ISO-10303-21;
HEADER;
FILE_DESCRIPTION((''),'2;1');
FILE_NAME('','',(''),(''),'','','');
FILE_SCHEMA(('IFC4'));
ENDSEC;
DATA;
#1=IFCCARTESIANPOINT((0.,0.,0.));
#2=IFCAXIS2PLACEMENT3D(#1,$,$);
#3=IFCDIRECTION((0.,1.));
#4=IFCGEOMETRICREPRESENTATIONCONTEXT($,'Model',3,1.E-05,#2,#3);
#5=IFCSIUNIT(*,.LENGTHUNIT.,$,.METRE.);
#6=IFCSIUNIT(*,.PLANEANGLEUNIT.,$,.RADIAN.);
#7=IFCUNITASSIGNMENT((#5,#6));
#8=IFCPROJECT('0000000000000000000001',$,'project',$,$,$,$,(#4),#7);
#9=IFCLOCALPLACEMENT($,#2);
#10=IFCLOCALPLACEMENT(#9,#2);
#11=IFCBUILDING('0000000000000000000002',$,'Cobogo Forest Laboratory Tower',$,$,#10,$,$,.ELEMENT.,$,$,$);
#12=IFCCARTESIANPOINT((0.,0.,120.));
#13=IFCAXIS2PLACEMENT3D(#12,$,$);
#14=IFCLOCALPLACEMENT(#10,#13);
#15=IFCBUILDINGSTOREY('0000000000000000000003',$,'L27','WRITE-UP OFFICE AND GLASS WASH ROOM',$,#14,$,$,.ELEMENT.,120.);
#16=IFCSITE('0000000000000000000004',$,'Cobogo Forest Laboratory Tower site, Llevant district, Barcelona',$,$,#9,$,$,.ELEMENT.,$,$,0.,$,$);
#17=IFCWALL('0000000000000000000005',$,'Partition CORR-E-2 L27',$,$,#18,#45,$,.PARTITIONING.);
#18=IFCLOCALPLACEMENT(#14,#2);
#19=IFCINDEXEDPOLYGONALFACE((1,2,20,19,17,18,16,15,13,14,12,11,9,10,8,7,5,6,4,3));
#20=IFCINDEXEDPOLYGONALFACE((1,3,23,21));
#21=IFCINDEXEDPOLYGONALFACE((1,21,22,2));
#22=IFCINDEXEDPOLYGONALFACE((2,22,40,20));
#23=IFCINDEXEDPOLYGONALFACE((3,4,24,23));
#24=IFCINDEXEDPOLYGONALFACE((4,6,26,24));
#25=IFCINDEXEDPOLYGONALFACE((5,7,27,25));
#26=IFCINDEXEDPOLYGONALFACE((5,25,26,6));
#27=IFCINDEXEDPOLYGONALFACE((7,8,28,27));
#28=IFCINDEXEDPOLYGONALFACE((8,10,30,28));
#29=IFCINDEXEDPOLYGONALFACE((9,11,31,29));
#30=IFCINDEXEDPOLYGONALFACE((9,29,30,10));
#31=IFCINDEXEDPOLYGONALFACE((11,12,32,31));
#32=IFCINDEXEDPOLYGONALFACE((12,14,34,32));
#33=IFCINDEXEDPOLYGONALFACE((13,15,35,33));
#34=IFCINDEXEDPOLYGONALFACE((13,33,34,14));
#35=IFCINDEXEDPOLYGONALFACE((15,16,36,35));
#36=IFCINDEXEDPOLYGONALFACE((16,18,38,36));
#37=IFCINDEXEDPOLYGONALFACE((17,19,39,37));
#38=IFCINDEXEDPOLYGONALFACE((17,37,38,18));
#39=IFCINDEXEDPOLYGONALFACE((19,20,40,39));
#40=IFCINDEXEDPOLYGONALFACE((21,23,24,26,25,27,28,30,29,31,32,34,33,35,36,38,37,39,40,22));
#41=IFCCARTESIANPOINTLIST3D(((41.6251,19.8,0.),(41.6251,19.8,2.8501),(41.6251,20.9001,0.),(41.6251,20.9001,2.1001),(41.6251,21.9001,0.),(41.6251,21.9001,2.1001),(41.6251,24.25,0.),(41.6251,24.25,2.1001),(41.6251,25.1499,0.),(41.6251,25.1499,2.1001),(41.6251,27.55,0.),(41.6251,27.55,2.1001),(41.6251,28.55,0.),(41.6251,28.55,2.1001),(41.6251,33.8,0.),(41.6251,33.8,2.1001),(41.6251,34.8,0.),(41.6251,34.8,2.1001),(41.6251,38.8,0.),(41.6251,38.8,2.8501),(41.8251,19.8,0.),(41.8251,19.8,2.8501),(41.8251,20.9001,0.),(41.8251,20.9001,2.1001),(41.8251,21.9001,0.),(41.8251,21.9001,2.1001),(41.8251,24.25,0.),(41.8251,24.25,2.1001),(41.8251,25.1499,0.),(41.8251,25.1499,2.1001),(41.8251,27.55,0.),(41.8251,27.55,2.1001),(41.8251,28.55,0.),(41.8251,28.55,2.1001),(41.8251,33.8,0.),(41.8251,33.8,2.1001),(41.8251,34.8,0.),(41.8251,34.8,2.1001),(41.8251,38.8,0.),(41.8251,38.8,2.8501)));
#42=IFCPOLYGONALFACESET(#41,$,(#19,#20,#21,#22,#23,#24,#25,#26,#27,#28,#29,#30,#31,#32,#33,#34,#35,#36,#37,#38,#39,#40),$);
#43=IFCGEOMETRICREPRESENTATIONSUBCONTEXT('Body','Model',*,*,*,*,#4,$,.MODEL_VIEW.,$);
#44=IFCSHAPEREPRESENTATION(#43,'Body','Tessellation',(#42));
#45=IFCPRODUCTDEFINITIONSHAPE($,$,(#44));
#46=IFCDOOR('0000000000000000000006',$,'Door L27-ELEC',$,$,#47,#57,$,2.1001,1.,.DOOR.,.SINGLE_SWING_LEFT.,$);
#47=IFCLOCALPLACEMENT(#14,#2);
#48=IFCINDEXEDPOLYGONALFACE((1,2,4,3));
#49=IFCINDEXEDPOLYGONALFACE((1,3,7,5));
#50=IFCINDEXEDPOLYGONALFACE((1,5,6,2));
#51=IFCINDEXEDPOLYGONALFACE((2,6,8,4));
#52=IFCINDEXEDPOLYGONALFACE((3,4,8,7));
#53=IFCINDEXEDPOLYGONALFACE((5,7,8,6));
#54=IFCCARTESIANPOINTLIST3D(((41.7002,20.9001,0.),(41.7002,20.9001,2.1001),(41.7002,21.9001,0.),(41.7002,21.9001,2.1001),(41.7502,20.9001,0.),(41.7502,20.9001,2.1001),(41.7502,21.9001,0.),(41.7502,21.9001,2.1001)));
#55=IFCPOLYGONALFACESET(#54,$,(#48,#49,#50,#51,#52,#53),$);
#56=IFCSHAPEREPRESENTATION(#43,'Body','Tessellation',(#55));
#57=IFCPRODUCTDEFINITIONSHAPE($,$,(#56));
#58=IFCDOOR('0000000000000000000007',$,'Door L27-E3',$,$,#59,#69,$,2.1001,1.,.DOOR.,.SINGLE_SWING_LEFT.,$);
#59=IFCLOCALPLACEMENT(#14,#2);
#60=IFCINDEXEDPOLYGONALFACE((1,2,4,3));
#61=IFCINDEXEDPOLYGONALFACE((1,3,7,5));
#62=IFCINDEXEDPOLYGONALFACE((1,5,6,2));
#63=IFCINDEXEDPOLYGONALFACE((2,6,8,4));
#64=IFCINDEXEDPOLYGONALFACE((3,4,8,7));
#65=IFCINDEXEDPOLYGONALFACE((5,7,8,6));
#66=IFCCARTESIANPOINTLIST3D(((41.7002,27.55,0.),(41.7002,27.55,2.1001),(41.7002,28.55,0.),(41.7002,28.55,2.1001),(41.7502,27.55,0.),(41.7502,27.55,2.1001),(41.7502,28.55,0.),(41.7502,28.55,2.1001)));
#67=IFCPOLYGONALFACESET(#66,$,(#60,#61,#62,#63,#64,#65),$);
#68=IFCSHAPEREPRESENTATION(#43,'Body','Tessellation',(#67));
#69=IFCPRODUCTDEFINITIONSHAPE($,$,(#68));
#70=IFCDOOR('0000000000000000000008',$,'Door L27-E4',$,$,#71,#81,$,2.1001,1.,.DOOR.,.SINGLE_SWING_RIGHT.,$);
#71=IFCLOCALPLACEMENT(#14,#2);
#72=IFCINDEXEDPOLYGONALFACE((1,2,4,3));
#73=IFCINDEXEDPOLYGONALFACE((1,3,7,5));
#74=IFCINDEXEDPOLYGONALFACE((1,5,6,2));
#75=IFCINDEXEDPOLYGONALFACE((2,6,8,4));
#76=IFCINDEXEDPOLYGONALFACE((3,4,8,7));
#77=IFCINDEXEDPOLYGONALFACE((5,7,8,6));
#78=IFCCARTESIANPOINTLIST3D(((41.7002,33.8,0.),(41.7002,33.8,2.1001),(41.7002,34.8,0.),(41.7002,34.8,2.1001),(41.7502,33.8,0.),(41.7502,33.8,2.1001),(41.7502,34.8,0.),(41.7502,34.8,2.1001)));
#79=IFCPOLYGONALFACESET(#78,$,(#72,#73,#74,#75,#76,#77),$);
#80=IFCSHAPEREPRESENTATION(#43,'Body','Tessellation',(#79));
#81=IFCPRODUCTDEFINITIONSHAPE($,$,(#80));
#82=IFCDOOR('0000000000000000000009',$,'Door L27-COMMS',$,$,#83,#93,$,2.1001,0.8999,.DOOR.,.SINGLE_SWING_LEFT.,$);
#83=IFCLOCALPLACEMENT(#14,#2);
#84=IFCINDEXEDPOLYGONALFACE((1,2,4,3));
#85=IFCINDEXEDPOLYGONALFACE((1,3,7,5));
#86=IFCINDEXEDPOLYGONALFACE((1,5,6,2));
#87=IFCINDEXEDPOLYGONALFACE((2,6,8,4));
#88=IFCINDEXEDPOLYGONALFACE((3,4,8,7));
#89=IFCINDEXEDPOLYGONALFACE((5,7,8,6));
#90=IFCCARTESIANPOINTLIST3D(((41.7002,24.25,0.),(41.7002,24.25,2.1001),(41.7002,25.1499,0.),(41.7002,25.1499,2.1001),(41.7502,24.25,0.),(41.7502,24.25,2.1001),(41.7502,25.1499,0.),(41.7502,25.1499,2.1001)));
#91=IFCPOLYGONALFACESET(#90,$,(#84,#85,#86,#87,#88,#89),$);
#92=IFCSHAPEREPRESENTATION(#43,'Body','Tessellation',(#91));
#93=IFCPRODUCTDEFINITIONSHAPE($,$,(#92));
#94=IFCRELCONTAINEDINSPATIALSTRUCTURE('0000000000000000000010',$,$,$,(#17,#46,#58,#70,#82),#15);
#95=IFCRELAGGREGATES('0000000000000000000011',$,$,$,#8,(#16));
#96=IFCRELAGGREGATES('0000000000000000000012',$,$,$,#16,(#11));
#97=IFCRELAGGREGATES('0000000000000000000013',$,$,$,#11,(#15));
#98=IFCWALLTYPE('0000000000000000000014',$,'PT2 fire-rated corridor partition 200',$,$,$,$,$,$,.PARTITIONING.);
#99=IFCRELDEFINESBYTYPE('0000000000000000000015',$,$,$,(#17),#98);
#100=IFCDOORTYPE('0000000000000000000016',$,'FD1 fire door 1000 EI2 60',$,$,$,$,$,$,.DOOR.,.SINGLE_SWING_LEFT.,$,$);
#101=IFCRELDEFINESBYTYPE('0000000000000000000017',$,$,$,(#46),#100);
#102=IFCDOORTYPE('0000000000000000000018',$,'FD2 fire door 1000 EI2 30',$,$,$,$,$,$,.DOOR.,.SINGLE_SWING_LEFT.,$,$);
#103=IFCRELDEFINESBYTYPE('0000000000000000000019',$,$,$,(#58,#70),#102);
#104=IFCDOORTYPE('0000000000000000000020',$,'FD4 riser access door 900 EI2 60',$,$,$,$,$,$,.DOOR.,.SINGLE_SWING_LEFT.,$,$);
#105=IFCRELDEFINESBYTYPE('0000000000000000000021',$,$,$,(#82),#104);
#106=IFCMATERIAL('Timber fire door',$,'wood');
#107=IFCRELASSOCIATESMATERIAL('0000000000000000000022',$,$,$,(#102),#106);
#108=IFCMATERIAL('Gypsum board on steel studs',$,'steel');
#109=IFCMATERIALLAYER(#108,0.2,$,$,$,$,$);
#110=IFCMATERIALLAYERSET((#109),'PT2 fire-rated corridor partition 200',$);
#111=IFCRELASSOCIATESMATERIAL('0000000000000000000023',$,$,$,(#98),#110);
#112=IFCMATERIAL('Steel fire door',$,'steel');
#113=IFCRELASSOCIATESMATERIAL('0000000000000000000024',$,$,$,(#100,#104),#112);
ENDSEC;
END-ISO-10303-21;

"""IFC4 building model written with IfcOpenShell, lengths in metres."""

from ifc_helpers import new_model, si_unit, direction, frame, frame_2d, origin, place, context, subcontext, project, spatial, rectangle, extrude, material, layer, layer_set, type_object, element, fill, save


model = new_model("IFC4")

# Units and contexts
model_context = context("Model", 3, precision=1e-05, world=origin(), true_north=direction((0.0, 1.0)))
body_context = subcontext(model_context, "Body", "Model", "MODEL_VIEW")
ifc_project = project(units=[si_unit("LENGTHUNIT", "METRE"), si_unit("PLANEANGLEUNIT", "RADIAN")], contexts=[model_context])

# Site, building, storey
site_placement = place(None, origin())
site = spatial("IfcSite", under=ifc_project, at=site_placement, Name="Cobogo Forest Laboratory Tower site, Llevant district, Barcelona", CompositionType="ELEMENT", RefElevation=0.0)
building_placement = place(site_placement, origin())
building = spatial("IfcBuilding", under=site, at=building_placement, Name="Cobogo Forest Laboratory Tower", CompositionType="ELEMENT")
storey_placement = place(building_placement, frame((0.0, 0.0, 120.0)))
storey = spatial("IfcBuildingStorey", under=building, at=storey_placement, Name="L27", Description="WRITE-UP OFFICE AND GLASS WASH ROOM", CompositionType="ELEMENT", Elevation=120.0)

# Shared definitions
ifc_material_1 = material(Name="Steel fire door", Category="steel")

# Shared definitions
ifc_material_2 = material(Name="Gypsum board on steel studs", Category="steel")
ifc_material_3 = material(Name="Timber fire door", Category="wood")
door_type_1 = type_object("IfcDoorType", Name="FD2 fire door 1000 EI2 30", OperationType="SINGLE_SWING_LEFT", PredefinedType="DOOR", material=ifc_material_3)

# Shared definitions
ifc_layer_1 = layer(ifc_material_2, 0.2)
ifc_layer_set_1 = layer_set([ifc_layer_1], Name="PT2 fire-rated corridor partition 200")
wall_type_1 = type_object("IfcWallType", Name="PT2 fire-rated corridor partition 200", PredefinedType="PARTITIONING", material=ifc_layer_set_1)

# Wall, openings, doors
wall_1_placement = place(storey_placement, frame((41.7251, 19.8, 0.0), z_axis=(0.0, 0.0, 1.0), x_axis=(0.0, 1.0, 0.0)))
wall_1 = element("IfcWall", 1, at=wall_1_placement, inside=storey, type_object=wall_type_1, Name="Partition CORR-E-2 L27", PredefinedType="PARTITIONING", context=body_context, shape_type="SweptSolid", body=[
    extrude(rectangle(XDim=19.0, YDim=0.2, at=frame_2d((9.5, 0.0))), origin(), (0.0, 0.0, 1.0), 2.8501),
])
opening_1_placement = place(wall_1_placement, frame((1.1001, 0.0, 0.0)))
opening_1 = element("IfcOpeningElement", 2, at=opening_1_placement, cuts=wall_1, PredefinedType="OPENING", context=body_context, shape_type="SweptSolid", body=[
    extrude(rectangle(XDim=1.0, YDim=2.1001, at=frame_2d((0.5, 1.05))), frame((0.0, 0.1099, 0.0), z_axis=(0.0, -1.0, 0.0), x_axis=(1.0, 0.0, 0.0)), (0.0, 0.0, 1.0), 0.22),
])
opening_2_placement = place(wall_1_placement, frame((4.45, 0.0, 0.0)))
opening_2 = element("IfcOpeningElement", 3, at=opening_2_placement, cuts=wall_1, PredefinedType="OPENING", context=body_context, shape_type="SweptSolid", body=[
    extrude(rectangle(XDim=0.8999, YDim=2.1001, at=frame_2d((0.45, 1.05))), frame((0.0, 0.1099, 0.0), z_axis=(0.0, -1.0, 0.0), x_axis=(1.0, 0.0, 0.0)), (0.0, 0.0, 1.0), 0.22),
])
opening_3_placement = place(wall_1_placement, frame((7.75, 0.0, 0.0)))
opening_3 = element("IfcOpeningElement", 4, at=opening_3_placement, cuts=wall_1, PredefinedType="OPENING", context=body_context, shape_type="SweptSolid", body=[
    extrude(rectangle(XDim=1.0, YDim=2.1001, at=frame_2d((0.5, 1.05))), frame((0.0, 0.1099, 0.0), z_axis=(0.0, -1.0, 0.0), x_axis=(1.0, 0.0, 0.0)), (0.0, 0.0, 1.0), 0.22),
])
opening_4_placement = place(wall_1_placement, frame((14.0, 0.0, 0.0)))
opening_4 = element("IfcOpeningElement", 5, at=opening_4_placement, cuts=wall_1, PredefinedType="OPENING", context=body_context, shape_type="SweptSolid", body=[
    extrude(rectangle(XDim=1.0, YDim=2.1001, at=frame_2d((0.5, 1.05))), frame((0.0, 0.1099, 0.0), z_axis=(0.0, -1.0, 0.0), x_axis=(1.0, 0.0, 0.0)), (0.0, 0.0, 1.0), 0.22),
])
door_type_2 = type_object("IfcDoorType", Name="FD1 fire door 1000 EI2 60", OperationType="SINGLE_SWING_LEFT", PredefinedType="DOOR", material=ifc_material_1)
door_1_placement = place(opening_1_placement, origin())
door_1 = element("IfcDoor", 6, at=door_1_placement, inside=storey, type_object=door_type_2, Name="Door L27-ELEC", OperationType="SINGLE_SWING_LEFT", OverallHeight=2.1001, OverallWidth=1.0, PredefinedType="DOOR", context=body_context, shape_type="SweptSolid", body=[
    extrude(rectangle(XDim=1.0, YDim=2.1001, at=frame_2d((0.5, 1.05))), frame((0.0, 0.0249, 0.0), z_axis=(0.0, -1.0, 0.0), x_axis=(1.0, 0.0, 0.0)), (0.0, 0.0, 1.0), 0.05),
])
fill(opening_1, door_1)
door_2_placement = place(opening_3_placement, origin())
door_2 = element("IfcDoor", 7, at=door_2_placement, inside=storey, type_object=door_type_1, Name="Door L27-E3", OperationType="SINGLE_SWING_LEFT", OverallHeight=2.1001, OverallWidth=1.0, PredefinedType="DOOR", context=body_context, shape_type="SweptSolid", body=[
    extrude(rectangle(XDim=1.0, YDim=2.1001, at=frame_2d((0.5, 1.05))), frame((0.0, 0.0249, 0.0), z_axis=(0.0, -1.0, 0.0), x_axis=(1.0, 0.0, 0.0)), (0.0, 0.0, 1.0), 0.05),
])
fill(opening_3, door_2)
door_3_placement = place(opening_4_placement, origin())
door_3 = element("IfcDoor", 8, at=door_3_placement, inside=storey, type_object=door_type_1, Name="Door L27-E4", OperationType="SINGLE_SWING_RIGHT", OverallHeight=2.1001, OverallWidth=1.0, PredefinedType="DOOR", context=body_context, shape_type="SweptSolid", body=[
    extrude(rectangle(XDim=1.0, YDim=2.1001, at=frame_2d((0.5, 1.05))), frame((0.0, 0.0249, 0.0), z_axis=(0.0, -1.0, 0.0), x_axis=(1.0, 0.0, 0.0)), (0.0, 0.0, 1.0), 0.05),
])
fill(opening_4, door_3)
door_type_3 = type_object("IfcDoorType", Name="FD4 riser access door 900 EI2 60", OperationType="SINGLE_SWING_LEFT", PredefinedType="DOOR", material=ifc_material_1)
door_4_placement = place(opening_2_placement, origin())
door_4 = element("IfcDoor", 9, at=door_4_placement, inside=storey, type_object=door_type_3, Name="Door L27-COMMS", OperationType="SINGLE_SWING_LEFT", OverallHeight=2.1001, OverallWidth=0.8999, PredefinedType="DOOR", context=body_context, shape_type="SweptSolid", body=[
    extrude(rectangle(XDim=0.8999, YDim=2.1001, at=frame_2d((0.45, 1.05))), frame((0.0, 0.0249, 0.0), z_axis=(0.0, -1.0, 0.0), x_axis=(1.0, 0.0, 0.0)), (0.0, 0.0, 1.0), 0.05),
])
fill(opening_2, door_4)

save(model, "model.ifc")
